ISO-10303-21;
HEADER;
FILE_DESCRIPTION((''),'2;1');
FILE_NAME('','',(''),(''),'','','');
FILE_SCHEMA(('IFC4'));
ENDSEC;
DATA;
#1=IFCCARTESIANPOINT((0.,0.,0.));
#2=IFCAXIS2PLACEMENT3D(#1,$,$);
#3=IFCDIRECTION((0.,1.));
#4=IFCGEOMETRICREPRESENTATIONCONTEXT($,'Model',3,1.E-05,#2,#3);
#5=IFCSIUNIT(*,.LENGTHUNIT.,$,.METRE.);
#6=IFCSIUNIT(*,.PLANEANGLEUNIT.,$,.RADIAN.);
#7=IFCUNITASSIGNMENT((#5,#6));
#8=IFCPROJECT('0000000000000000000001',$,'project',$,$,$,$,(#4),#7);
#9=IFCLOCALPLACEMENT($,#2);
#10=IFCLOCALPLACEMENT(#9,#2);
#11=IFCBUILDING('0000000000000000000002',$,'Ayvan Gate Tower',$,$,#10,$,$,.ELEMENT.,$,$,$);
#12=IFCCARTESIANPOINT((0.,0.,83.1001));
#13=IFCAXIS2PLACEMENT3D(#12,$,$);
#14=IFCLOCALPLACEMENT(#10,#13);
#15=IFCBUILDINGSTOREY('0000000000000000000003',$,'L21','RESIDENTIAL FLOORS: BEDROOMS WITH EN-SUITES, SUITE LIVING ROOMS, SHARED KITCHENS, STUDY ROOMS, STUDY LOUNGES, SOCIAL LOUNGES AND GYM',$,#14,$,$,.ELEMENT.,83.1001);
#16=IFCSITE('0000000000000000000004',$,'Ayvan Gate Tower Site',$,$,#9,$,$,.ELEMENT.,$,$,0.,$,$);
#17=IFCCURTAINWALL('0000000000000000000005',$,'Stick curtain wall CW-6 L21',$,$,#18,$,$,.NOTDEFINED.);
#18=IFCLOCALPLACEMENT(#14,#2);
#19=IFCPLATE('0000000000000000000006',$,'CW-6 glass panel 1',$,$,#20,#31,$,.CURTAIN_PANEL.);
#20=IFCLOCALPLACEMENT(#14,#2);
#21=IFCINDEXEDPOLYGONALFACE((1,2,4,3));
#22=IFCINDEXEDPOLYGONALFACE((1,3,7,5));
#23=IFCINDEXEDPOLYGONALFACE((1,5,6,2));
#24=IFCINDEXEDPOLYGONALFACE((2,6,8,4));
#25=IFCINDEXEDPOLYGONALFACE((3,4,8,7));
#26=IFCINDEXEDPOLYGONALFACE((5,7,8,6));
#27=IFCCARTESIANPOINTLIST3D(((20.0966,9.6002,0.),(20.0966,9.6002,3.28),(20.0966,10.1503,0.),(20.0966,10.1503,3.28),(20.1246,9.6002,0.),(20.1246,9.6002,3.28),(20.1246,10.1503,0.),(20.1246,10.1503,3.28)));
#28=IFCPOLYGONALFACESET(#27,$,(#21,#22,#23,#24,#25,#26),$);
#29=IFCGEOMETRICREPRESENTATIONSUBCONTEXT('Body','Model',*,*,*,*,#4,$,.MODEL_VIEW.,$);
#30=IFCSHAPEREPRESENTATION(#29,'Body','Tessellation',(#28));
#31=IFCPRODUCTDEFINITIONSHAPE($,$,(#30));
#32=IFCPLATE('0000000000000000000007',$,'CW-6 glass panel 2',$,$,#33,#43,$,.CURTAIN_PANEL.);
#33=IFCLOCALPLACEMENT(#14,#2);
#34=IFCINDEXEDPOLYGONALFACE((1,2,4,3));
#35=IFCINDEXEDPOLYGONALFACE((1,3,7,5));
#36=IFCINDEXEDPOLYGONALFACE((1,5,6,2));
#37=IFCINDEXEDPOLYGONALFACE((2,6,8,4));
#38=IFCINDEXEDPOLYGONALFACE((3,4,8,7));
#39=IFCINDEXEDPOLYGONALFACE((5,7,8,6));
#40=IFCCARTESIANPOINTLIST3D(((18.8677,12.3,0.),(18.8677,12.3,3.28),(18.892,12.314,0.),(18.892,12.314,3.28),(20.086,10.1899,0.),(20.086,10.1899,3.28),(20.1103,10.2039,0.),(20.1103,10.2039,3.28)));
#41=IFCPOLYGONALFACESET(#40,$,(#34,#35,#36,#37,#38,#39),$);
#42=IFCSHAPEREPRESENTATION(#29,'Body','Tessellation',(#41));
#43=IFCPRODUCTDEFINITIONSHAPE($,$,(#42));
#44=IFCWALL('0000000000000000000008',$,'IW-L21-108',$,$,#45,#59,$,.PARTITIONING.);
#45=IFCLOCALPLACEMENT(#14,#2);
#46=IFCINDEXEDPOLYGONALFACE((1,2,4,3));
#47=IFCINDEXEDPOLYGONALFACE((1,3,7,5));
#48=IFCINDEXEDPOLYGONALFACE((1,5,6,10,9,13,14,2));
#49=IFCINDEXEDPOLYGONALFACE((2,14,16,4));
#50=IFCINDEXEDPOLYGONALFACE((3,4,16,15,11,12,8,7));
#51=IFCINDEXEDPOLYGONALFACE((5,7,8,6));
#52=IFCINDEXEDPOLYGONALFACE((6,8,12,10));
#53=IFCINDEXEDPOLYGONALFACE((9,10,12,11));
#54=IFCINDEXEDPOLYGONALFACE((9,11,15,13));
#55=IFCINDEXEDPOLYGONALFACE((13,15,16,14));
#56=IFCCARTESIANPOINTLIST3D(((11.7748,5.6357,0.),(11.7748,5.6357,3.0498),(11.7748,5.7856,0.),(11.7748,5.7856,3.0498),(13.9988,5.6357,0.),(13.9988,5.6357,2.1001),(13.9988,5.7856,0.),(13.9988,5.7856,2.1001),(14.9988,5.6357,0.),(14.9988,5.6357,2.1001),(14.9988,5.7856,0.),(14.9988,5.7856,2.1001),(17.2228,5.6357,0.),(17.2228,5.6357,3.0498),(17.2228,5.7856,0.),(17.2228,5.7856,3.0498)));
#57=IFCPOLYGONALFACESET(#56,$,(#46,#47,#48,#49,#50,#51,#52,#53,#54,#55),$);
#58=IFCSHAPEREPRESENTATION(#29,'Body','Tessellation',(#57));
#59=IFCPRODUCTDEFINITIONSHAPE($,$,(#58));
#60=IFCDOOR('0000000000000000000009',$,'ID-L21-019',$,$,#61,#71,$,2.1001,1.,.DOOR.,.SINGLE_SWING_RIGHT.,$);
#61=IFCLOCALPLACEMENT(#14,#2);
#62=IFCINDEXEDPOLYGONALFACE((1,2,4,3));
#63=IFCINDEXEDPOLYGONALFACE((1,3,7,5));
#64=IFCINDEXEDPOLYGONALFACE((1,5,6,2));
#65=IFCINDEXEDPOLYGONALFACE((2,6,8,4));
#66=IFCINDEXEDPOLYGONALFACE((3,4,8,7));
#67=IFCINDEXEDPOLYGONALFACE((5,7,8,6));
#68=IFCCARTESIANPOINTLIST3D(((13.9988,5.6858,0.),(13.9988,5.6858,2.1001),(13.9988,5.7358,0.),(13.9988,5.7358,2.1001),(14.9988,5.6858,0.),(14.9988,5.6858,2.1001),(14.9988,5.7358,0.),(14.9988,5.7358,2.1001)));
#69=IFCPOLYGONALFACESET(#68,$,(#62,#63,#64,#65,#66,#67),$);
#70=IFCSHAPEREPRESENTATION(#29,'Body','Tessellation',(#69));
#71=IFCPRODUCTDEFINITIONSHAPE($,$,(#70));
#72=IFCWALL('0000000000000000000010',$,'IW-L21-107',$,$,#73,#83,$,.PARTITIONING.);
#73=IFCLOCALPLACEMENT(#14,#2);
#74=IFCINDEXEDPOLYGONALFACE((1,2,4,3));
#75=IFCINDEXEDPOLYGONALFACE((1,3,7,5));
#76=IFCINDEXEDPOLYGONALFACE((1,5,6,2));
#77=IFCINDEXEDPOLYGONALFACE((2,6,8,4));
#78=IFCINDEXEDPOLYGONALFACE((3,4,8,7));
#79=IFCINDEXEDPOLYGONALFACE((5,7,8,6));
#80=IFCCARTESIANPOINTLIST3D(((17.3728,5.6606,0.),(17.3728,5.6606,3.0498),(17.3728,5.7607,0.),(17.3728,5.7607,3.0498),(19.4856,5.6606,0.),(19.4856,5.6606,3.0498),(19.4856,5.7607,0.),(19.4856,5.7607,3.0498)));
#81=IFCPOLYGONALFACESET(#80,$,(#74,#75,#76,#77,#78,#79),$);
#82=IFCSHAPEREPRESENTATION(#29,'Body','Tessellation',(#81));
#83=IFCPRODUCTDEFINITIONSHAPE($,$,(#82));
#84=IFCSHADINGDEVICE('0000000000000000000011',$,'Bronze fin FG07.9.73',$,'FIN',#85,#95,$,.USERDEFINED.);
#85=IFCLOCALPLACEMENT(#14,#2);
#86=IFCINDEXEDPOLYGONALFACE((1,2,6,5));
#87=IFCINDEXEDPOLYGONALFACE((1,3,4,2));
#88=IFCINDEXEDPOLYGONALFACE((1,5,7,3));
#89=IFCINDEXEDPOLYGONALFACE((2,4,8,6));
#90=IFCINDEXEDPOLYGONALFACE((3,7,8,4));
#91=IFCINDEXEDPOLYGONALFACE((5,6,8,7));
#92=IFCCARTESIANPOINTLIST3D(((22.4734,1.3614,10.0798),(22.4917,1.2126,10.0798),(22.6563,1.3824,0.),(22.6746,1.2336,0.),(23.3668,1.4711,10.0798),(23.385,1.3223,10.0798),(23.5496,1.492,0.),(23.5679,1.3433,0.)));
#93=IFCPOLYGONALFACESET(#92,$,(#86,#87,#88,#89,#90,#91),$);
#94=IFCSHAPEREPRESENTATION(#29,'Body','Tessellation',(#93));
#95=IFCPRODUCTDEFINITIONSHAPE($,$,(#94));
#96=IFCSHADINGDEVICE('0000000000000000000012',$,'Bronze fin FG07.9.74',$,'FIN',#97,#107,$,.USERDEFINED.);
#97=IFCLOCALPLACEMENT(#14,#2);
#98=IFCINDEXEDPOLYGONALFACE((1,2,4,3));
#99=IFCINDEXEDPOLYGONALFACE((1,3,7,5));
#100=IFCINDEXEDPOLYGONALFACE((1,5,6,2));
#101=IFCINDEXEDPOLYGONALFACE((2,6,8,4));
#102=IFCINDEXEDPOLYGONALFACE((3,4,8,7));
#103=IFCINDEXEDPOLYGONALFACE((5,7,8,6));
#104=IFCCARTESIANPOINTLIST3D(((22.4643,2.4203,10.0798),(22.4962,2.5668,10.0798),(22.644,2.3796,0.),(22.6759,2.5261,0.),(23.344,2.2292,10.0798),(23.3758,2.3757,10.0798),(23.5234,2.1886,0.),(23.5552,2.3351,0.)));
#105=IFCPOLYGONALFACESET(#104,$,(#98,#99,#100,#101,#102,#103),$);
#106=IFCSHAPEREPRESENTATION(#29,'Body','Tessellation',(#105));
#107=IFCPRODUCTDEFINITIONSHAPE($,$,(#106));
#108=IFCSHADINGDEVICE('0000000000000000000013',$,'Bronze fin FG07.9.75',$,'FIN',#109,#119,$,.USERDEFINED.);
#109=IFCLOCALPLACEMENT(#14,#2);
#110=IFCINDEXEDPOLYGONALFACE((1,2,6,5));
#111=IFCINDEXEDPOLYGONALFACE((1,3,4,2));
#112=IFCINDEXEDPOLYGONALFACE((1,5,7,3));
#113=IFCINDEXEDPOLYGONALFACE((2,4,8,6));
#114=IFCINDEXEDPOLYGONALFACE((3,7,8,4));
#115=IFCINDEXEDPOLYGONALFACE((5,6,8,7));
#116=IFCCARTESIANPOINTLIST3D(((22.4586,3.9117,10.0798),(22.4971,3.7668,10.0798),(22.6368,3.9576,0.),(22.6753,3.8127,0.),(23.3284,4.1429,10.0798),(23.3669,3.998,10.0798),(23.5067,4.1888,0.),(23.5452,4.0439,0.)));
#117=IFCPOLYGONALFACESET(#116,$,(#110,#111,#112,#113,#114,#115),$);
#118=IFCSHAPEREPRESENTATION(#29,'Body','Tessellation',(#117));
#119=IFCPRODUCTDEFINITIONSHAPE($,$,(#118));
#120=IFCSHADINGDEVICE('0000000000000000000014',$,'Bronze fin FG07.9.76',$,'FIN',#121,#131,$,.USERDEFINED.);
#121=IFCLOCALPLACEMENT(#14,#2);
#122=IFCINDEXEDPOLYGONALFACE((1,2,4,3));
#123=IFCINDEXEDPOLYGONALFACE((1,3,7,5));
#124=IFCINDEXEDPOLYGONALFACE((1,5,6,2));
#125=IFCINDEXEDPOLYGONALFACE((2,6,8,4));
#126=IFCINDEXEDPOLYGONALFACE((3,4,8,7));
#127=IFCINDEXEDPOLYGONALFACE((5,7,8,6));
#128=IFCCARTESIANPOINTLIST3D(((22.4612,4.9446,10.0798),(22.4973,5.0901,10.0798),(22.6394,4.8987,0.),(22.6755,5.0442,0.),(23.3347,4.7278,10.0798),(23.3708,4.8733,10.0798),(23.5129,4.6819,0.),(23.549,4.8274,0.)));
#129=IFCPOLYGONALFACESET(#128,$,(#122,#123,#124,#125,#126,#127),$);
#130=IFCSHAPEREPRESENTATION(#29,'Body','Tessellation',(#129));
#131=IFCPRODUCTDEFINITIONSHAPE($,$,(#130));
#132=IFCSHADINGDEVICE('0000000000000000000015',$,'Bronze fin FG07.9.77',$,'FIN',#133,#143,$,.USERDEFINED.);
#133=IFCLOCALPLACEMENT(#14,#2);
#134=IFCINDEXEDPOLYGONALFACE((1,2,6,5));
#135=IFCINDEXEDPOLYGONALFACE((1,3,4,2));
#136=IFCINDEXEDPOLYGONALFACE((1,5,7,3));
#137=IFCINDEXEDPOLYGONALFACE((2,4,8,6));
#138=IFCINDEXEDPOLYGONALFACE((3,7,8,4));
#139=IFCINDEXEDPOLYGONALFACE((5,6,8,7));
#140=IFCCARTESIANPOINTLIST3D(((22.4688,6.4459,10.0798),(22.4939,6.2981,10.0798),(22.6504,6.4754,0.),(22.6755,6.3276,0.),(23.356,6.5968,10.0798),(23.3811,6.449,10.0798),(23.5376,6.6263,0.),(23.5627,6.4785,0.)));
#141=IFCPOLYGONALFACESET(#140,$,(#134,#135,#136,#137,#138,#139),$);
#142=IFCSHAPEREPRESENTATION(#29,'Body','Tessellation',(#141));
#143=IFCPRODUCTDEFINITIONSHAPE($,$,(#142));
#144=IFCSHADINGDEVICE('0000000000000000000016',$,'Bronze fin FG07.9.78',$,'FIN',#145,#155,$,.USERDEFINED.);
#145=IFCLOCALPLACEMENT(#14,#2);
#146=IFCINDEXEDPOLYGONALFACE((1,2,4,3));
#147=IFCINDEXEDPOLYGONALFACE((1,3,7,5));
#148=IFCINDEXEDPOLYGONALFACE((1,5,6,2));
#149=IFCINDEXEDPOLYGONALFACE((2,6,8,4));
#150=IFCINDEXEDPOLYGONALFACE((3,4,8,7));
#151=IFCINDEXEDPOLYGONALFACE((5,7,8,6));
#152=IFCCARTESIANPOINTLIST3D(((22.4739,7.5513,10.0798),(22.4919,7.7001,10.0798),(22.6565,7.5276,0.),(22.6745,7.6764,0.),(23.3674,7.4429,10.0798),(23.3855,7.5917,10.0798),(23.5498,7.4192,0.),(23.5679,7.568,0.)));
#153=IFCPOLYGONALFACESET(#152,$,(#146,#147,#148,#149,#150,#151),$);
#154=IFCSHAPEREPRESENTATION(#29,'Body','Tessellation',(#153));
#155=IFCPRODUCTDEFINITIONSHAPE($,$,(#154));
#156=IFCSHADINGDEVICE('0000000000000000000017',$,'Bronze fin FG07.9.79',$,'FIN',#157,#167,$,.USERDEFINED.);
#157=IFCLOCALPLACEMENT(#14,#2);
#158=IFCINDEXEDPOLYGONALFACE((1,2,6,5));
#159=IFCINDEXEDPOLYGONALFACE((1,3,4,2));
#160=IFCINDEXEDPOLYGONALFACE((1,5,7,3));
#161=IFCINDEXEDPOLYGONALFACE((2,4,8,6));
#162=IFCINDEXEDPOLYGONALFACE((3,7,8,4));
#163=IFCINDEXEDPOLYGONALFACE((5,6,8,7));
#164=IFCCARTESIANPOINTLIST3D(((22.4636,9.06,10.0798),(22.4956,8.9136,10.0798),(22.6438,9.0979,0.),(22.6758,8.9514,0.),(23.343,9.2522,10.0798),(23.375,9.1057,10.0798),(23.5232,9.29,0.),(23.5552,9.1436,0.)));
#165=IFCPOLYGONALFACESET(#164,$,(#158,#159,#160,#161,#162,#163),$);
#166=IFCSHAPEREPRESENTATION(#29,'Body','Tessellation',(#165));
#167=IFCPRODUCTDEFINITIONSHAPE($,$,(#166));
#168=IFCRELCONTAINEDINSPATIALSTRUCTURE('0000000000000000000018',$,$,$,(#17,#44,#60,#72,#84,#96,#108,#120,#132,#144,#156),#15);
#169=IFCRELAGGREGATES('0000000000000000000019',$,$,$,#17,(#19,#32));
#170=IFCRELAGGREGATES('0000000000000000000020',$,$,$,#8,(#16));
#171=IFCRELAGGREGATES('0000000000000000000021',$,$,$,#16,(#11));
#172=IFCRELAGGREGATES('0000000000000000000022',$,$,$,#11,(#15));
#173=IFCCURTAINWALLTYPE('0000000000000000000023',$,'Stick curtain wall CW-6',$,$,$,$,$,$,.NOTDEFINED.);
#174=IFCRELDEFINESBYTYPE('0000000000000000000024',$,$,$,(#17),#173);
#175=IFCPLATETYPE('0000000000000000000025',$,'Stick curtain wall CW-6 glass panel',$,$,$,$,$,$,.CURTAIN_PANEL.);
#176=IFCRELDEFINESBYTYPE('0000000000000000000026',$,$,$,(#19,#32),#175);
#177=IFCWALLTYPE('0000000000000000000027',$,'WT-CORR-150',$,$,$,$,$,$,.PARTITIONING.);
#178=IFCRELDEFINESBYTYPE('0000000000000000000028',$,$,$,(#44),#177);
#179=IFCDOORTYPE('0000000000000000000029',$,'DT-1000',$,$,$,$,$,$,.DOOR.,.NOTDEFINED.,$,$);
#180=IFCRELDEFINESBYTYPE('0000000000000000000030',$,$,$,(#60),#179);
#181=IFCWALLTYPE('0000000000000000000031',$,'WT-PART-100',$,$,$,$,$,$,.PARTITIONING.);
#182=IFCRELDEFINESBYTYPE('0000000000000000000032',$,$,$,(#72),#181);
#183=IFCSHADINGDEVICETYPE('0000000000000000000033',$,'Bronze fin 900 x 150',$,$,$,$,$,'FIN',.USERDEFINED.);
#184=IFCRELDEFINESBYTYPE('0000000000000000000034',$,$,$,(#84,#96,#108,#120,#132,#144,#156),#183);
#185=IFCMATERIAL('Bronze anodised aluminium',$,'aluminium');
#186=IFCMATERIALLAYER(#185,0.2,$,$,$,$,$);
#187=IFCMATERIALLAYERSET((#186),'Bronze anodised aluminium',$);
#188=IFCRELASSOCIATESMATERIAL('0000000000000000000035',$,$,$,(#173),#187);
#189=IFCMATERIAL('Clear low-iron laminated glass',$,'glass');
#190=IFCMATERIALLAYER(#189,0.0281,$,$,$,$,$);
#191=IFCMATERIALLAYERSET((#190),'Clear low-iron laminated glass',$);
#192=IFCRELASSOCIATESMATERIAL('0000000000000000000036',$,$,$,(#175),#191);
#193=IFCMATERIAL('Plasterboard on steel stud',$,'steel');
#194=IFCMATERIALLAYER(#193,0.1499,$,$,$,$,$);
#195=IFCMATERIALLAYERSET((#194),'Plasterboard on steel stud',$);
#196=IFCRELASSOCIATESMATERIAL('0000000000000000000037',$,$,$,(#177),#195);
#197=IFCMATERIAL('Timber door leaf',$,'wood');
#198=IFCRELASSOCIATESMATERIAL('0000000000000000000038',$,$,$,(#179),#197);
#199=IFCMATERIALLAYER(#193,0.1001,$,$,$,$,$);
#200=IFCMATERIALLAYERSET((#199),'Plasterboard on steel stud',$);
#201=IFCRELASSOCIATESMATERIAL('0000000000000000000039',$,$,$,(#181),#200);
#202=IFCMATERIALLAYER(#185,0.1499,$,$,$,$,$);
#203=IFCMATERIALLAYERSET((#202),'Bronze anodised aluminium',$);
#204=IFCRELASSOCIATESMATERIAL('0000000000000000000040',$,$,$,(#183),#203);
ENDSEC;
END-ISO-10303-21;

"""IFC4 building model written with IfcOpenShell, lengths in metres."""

from ifc_helpers import new_model, si_unit, direction, frame, frame_2d, origin, origin_2d, place, context, subcontext, project, spatial, polyline, rectangle, outline, extrude, material, layer, layer_set, type_object, element, fill, aggregate, save


model = new_model("IFC4")

# Units and contexts
model_context = context("Model", 3, precision=1e-05, world=origin(), true_north=direction((0.0, 1.0)))
body_context = subcontext(model_context, "Body", "Model", "MODEL_VIEW")
ifc_project = project(units=[si_unit("LENGTHUNIT", "METRE"), si_unit("PLANEANGLEUNIT", "RADIAN")], contexts=[model_context])

# Site, building, storey
site_placement = place(None, origin())
site = spatial("IfcSite", under=ifc_project, at=site_placement, Name="Ayvan Gate Tower Site", CompositionType="ELEMENT", RefElevation=0.0)
building_placement = place(site_placement, origin())
building = spatial("IfcBuilding", under=site, at=building_placement, Name="Ayvan Gate Tower", CompositionType="ELEMENT")
storey_placement = place(building_placement, frame((0.0, 0.0, 83.1001)))
storey = spatial("IfcBuildingStorey", under=building, at=storey_placement, Name="L21", Description="RESIDENTIAL FLOORS: BEDROOMS WITH EN-SUITES, SUITE LIVING ROOMS, SHARED KITCHENS, STUDY ROOMS, STUDY LOUNGES, SOCIAL LOUNGES AND GYM", CompositionType="ELEMENT", Elevation=83.1001)

# Curtain wall
ifc_material_1 = material(Name="Bronze anodised aluminium", Category="aluminium")
ifc_layer_1 = layer(ifc_material_1, 0.2)
ifc_layer_set_1 = layer_set([ifc_layer_1], Name="Bronze anodised aluminium")
curtain_wall_type_1 = type_object("IfcCurtainWallType", Name="Stick curtain wall CW-6", PredefinedType="NOTDEFINED", material=ifc_layer_set_1)
curtain_wall_1_placement = place(storey_placement, origin())
curtain_wall_1 = element("IfcCurtainWall", 1, at=curtain_wall_1_placement, inside=storey, type_object=curtain_wall_type_1, Name="Stick curtain wall CW-6 L21", PredefinedType="NOTDEFINED")

# Plates
ifc_material_2 = material(Name="Clear low-iron laminated glass", Category="glass")
ifc_layer_2 = layer(ifc_material_2, 0.0281)
ifc_layer_set_2 = layer_set([ifc_layer_2], Name="Clear low-iron laminated glass")
plate_type_1 = type_object("IfcPlateType", Name="Stick curtain wall CW-6 glass panel", PredefinedType="CURTAIN_PANEL", material=ifc_layer_set_2)
plate_1_placement = place(storey_placement, frame((20.1106, 9.8752, 0.0), z_axis=(0.0, 0.0, 1.0), x_axis=(0.0, 1.0, 0.0)))
plate_1 = element("IfcPlate", 2, at=plate_1_placement, type_object=plate_type_1, Name="CW-6 glass panel 1", PredefinedType="CURTAIN_PANEL", context=body_context, shape_type="SweptSolid", body=[
    extrude(rectangle(XDim=0.55, YDim=0.0281, at=origin_2d()), origin(), (0.0, 0.0, 1.0), 3.28),
])
plate_2_placement = place(storey_placement, frame((19.489, 11.252, 0.0), z_axis=(0.0, 0.0, 1.0), x_axis=(-0.5, 0.866025, 0.0)))
plate_2 = element("IfcPlate", 3, at=plate_2_placement, type_object=plate_type_1, Name="CW-6 glass panel 2", PredefinedType="CURTAIN_PANEL", context=body_context, shape_type="SweptSolid", body=[
    extrude(rectangle(XDim=2.4365, YDim=0.0281, at=origin_2d()), origin(), (0.0, 0.0, 1.0), 3.28),
])
aggregate(curtain_wall_1, [plate_1, plate_2])

# Wall, opening, door
ifc_material_3 = material(Name="Plasterboard on steel stud", Category="steel")
ifc_layer_3 = layer(ifc_material_3, 0.1499)
ifc_layer_set_3 = layer_set([ifc_layer_3], Name="Plasterboard on steel stud")
wall_type_1 = type_object("IfcWallType", Name="WT-CORR-150", PredefinedType="PARTITIONING", material=ifc_layer_set_3)
wall_1_placement = place(storey_placement, frame((17.2229, 5.7107, 0.0), z_axis=(0.0, 0.0, 1.0), x_axis=(-1.0, 0.0, 0.0)))
wall_1 = element("IfcWall", 4, at=wall_1_placement, inside=storey, type_object=wall_type_1, Name="IW-L21-108", PredefinedType="PARTITIONING", context=body_context, shape_type="SweptSolid", body=[
    extrude(rectangle(XDim=5.448, YDim=0.1499, at=frame_2d((2.7241, 0.0))), origin(), (0.0, 0.0, 1.0), 3.0498),
])
opening_placement = place(wall_1_placement, frame((2.2241, 0.0, 0.0)))
opening = element("IfcOpeningElement", 5, at=opening_placement, cuts=wall_1, PredefinedType="OPENING", context=body_context, shape_type="SweptSolid", body=[
    extrude(rectangle(XDim=1.0, YDim=2.1001, at=frame_2d((0.5, 1.05))), frame((0.0, 0.085, 0.0), z_axis=(0.0, -1.0, 0.0), x_axis=(1.0, 0.0, 0.0)), (0.0, 0.0, 1.0), 0.1699),
])
ifc_material_4 = material(Name="Timber door leaf", Category="wood")
door_type = type_object("IfcDoorType", Name="DT-1000", OperationType="NOTDEFINED", PredefinedType="DOOR", material=ifc_material_4)
door_placement = place(opening_placement, origin())
door = element("IfcDoor", 6, at=door_placement, inside=storey, type_object=door_type, Name="ID-L21-019", OperationType="SINGLE_SWING_RIGHT", OverallHeight=2.1001, OverallWidth=1.0, PredefinedType="DOOR", context=body_context, shape_type="SweptSolid", body=[
    extrude(rectangle(XDim=1.0, YDim=2.1001, at=frame_2d((0.5, 1.05))), frame((0.0, 0.0249, 0.0), z_axis=(0.0, -1.0, 0.0), x_axis=(1.0, 0.0, 0.0)), (0.0, 0.0, 1.0), 0.05),
])
fill(opening, door)

# Wall
ifc_layer_4 = layer(ifc_material_3, 0.1001)
ifc_layer_set_4 = layer_set([ifc_layer_4], Name="Plasterboard on steel stud")
wall_type_2 = type_object("IfcWallType", Name="WT-PART-100", PredefinedType="PARTITIONING", material=ifc_layer_set_4)
wall_2_placement = place(storey_placement, frame((17.3728, 5.7107, 0.0), z_axis=(0.0, 0.0, 1.0), x_axis=(1.0, 0.0, 0.0)))
element("IfcWall", 7, at=wall_2_placement, inside=storey, type_object=wall_type_2, Name="IW-L21-107", PredefinedType="PARTITIONING", context=body_context, shape_type="SweptSolid", body=[
    extrude(rectangle(XDim=2.1128, YDim=0.1001, at=frame_2d((1.0564, 0.0))), origin(), (0.0, 0.0, 1.0), 3.0498),
])

# Shading devices
ifc_layer_5 = layer(ifc_material_1, 0.1499)
ifc_layer_set_5 = layer_set([ifc_layer_5], Name="Bronze anodised aluminium")
shading_device_type = type_object("IfcShadingDeviceType", Name="Bronze fin 900 x 150", ElementType="FIN", PredefinedType="USERDEFINED", material=ifc_layer_set_5)
shading_device_1_placement = place(storey_placement, frame((22.6746, 1.2336, 0.0), z_axis=(0.121798, -0.992555, 0.000142), x_axis=(0.992555, 0.121798, 0.0)))
element("IfcShadingDevice", 8, at=shading_device_1_placement, inside=storey, type_object=shading_device_type, Name="Bronze fin FG07.9.73", ObjectType="FIN", PredefinedType="USERDEFINED", context=body_context, shape_type="SweptSolid", body=[
    extrude(outline(polyline([(0.0, 0.0), (0.9, 0.0), (0.716, 10.0798), (-0.1841, 10.0798), (0.0, 0.0)])), origin(), (0.0, 0.0, -1.0), 0.1499),
])
shading_device_2_placement = place(storey_placement, frame((22.644, 2.3796, 0.0), z_axis=(-0.212261, -0.977213, 0.00016), x_axis=(0.977213, -0.212261, 0.0)))
element("IfcShadingDevice", 9, at=shading_device_2_placement, inside=storey, type_object=shading_device_type, Name="Bronze fin FG07.9.74", ObjectType="FIN", PredefinedType="USERDEFINED", context=body_context, shape_type="SweptSolid", body=[
    extrude(outline(polyline([(0.0, 0.0), (0.8999, 0.0), (0.7159, 10.0798), (-0.1842, 10.0798), (0.0, 0.0)])), origin(), (0.0, 0.0, -1.0), 0.1499),
])
shading_device_3_placement = place(storey_placement, frame((22.6753, 3.8127, 0.0), z_axis=(0.256869, -0.966446, 0.000141), x_axis=(0.966446, 0.256869, 0.0)))
element("IfcShadingDevice", 10, at=shading_device_3_placement, inside=storey, type_object=shading_device_type, Name="Bronze fin FG07.9.75", ObjectType="FIN", PredefinedType="USERDEFINED", context=body_context, shape_type="SweptSolid", body=[
    extrude(outline(polyline([(0.0, 0.0), (0.9001, 0.0), (0.716, 10.0798), (-0.184, 10.0798), (0.0, 0.0)])), origin(), (0.0, 0.0, -1.0), 0.1499),
])
shading_device_4_placement = place(storey_placement, frame((22.6394, 4.8987, 0.0), z_axis=(-0.240876, -0.970556, 0.00016), x_axis=(0.970556, -0.240876, 0.0)))
element("IfcShadingDevice", 11, at=shading_device_4_placement, inside=storey, type_object=shading_device_type, Name="Bronze fin FG07.9.76", ObjectType="FIN", PredefinedType="USERDEFINED", context=body_context, shape_type="SweptSolid", body=[
    extrude(outline(polyline([(0.0, 0.0), (0.9, 0.0), (0.716, 10.0798), (-0.184, 10.0798), (0.0, 0.0)])), origin(), (0.0, 0.0, -1.0), 0.1499),
])
shading_device_5_placement = place(storey_placement, frame((22.6755, 6.3276, 0.0), z_axis=(0.167653, -0.985846, 0.000132), x_axis=(0.985846, 0.167653, 0.0)))
element("IfcShadingDevice", 12, at=shading_device_5_placement, inside=storey, type_object=shading_device_type, Name="Bronze fin FG07.9.77", ObjectType="FIN", PredefinedType="USERDEFINED", context=body_context, shape_type="SweptSolid", body=[
    extrude(outline(polyline([(0.0, 0.0), (0.8999, 0.0), (0.7159, 10.0798), (-0.184, 10.0798), (0.0, 0.0)])), origin(), (0.0, 0.0, -1.0), 0.1499),
])
shading_device_6_placement = place(storey_placement, frame((22.6565, 7.5276, 0.0), z_axis=(-0.120445, -0.99272, 0.000152), x_axis=(0.99272, -0.120445, 0.0)))
element("IfcShadingDevice", 13, at=shading_device_6_placement, inside=storey, type_object=shading_device_type, Name="Bronze fin FG07.9.78", ObjectType="FIN", PredefinedType="USERDEFINED", context=body_context, shape_type="SweptSolid", body=[
    extrude(outline(polyline([(0.0, 0.0), (0.8999, 0.0), (0.716, 10.0798), (-0.1841, 10.0798), (0.0, 0.0)])), origin(), (0.0, 0.0, -1.0), 0.1499),
])
shading_device_7_placement = place(storey_placement, frame((22.6758, 8.9514, 0.0), z_axis=(0.213454, -0.976953, 0.000148), x_axis=(0.976953, 0.213454, 0.0)))
element("IfcShadingDevice", 14, at=shading_device_7_placement, inside=storey, type_object=shading_device_type, Name="Bronze fin FG07.9.79", ObjectType="FIN", PredefinedType="USERDEFINED", context=body_context, shape_type="SweptSolid", body=[
    extrude(outline(polyline([(0.0, 0.0), (0.9001, 0.0), (0.716, 10.0798), (-0.1841, 10.0798), (0.0, 0.0)])), origin(), (0.0, 0.0, -1.0), 0.1499),
])

save(model, "model.ifc")
